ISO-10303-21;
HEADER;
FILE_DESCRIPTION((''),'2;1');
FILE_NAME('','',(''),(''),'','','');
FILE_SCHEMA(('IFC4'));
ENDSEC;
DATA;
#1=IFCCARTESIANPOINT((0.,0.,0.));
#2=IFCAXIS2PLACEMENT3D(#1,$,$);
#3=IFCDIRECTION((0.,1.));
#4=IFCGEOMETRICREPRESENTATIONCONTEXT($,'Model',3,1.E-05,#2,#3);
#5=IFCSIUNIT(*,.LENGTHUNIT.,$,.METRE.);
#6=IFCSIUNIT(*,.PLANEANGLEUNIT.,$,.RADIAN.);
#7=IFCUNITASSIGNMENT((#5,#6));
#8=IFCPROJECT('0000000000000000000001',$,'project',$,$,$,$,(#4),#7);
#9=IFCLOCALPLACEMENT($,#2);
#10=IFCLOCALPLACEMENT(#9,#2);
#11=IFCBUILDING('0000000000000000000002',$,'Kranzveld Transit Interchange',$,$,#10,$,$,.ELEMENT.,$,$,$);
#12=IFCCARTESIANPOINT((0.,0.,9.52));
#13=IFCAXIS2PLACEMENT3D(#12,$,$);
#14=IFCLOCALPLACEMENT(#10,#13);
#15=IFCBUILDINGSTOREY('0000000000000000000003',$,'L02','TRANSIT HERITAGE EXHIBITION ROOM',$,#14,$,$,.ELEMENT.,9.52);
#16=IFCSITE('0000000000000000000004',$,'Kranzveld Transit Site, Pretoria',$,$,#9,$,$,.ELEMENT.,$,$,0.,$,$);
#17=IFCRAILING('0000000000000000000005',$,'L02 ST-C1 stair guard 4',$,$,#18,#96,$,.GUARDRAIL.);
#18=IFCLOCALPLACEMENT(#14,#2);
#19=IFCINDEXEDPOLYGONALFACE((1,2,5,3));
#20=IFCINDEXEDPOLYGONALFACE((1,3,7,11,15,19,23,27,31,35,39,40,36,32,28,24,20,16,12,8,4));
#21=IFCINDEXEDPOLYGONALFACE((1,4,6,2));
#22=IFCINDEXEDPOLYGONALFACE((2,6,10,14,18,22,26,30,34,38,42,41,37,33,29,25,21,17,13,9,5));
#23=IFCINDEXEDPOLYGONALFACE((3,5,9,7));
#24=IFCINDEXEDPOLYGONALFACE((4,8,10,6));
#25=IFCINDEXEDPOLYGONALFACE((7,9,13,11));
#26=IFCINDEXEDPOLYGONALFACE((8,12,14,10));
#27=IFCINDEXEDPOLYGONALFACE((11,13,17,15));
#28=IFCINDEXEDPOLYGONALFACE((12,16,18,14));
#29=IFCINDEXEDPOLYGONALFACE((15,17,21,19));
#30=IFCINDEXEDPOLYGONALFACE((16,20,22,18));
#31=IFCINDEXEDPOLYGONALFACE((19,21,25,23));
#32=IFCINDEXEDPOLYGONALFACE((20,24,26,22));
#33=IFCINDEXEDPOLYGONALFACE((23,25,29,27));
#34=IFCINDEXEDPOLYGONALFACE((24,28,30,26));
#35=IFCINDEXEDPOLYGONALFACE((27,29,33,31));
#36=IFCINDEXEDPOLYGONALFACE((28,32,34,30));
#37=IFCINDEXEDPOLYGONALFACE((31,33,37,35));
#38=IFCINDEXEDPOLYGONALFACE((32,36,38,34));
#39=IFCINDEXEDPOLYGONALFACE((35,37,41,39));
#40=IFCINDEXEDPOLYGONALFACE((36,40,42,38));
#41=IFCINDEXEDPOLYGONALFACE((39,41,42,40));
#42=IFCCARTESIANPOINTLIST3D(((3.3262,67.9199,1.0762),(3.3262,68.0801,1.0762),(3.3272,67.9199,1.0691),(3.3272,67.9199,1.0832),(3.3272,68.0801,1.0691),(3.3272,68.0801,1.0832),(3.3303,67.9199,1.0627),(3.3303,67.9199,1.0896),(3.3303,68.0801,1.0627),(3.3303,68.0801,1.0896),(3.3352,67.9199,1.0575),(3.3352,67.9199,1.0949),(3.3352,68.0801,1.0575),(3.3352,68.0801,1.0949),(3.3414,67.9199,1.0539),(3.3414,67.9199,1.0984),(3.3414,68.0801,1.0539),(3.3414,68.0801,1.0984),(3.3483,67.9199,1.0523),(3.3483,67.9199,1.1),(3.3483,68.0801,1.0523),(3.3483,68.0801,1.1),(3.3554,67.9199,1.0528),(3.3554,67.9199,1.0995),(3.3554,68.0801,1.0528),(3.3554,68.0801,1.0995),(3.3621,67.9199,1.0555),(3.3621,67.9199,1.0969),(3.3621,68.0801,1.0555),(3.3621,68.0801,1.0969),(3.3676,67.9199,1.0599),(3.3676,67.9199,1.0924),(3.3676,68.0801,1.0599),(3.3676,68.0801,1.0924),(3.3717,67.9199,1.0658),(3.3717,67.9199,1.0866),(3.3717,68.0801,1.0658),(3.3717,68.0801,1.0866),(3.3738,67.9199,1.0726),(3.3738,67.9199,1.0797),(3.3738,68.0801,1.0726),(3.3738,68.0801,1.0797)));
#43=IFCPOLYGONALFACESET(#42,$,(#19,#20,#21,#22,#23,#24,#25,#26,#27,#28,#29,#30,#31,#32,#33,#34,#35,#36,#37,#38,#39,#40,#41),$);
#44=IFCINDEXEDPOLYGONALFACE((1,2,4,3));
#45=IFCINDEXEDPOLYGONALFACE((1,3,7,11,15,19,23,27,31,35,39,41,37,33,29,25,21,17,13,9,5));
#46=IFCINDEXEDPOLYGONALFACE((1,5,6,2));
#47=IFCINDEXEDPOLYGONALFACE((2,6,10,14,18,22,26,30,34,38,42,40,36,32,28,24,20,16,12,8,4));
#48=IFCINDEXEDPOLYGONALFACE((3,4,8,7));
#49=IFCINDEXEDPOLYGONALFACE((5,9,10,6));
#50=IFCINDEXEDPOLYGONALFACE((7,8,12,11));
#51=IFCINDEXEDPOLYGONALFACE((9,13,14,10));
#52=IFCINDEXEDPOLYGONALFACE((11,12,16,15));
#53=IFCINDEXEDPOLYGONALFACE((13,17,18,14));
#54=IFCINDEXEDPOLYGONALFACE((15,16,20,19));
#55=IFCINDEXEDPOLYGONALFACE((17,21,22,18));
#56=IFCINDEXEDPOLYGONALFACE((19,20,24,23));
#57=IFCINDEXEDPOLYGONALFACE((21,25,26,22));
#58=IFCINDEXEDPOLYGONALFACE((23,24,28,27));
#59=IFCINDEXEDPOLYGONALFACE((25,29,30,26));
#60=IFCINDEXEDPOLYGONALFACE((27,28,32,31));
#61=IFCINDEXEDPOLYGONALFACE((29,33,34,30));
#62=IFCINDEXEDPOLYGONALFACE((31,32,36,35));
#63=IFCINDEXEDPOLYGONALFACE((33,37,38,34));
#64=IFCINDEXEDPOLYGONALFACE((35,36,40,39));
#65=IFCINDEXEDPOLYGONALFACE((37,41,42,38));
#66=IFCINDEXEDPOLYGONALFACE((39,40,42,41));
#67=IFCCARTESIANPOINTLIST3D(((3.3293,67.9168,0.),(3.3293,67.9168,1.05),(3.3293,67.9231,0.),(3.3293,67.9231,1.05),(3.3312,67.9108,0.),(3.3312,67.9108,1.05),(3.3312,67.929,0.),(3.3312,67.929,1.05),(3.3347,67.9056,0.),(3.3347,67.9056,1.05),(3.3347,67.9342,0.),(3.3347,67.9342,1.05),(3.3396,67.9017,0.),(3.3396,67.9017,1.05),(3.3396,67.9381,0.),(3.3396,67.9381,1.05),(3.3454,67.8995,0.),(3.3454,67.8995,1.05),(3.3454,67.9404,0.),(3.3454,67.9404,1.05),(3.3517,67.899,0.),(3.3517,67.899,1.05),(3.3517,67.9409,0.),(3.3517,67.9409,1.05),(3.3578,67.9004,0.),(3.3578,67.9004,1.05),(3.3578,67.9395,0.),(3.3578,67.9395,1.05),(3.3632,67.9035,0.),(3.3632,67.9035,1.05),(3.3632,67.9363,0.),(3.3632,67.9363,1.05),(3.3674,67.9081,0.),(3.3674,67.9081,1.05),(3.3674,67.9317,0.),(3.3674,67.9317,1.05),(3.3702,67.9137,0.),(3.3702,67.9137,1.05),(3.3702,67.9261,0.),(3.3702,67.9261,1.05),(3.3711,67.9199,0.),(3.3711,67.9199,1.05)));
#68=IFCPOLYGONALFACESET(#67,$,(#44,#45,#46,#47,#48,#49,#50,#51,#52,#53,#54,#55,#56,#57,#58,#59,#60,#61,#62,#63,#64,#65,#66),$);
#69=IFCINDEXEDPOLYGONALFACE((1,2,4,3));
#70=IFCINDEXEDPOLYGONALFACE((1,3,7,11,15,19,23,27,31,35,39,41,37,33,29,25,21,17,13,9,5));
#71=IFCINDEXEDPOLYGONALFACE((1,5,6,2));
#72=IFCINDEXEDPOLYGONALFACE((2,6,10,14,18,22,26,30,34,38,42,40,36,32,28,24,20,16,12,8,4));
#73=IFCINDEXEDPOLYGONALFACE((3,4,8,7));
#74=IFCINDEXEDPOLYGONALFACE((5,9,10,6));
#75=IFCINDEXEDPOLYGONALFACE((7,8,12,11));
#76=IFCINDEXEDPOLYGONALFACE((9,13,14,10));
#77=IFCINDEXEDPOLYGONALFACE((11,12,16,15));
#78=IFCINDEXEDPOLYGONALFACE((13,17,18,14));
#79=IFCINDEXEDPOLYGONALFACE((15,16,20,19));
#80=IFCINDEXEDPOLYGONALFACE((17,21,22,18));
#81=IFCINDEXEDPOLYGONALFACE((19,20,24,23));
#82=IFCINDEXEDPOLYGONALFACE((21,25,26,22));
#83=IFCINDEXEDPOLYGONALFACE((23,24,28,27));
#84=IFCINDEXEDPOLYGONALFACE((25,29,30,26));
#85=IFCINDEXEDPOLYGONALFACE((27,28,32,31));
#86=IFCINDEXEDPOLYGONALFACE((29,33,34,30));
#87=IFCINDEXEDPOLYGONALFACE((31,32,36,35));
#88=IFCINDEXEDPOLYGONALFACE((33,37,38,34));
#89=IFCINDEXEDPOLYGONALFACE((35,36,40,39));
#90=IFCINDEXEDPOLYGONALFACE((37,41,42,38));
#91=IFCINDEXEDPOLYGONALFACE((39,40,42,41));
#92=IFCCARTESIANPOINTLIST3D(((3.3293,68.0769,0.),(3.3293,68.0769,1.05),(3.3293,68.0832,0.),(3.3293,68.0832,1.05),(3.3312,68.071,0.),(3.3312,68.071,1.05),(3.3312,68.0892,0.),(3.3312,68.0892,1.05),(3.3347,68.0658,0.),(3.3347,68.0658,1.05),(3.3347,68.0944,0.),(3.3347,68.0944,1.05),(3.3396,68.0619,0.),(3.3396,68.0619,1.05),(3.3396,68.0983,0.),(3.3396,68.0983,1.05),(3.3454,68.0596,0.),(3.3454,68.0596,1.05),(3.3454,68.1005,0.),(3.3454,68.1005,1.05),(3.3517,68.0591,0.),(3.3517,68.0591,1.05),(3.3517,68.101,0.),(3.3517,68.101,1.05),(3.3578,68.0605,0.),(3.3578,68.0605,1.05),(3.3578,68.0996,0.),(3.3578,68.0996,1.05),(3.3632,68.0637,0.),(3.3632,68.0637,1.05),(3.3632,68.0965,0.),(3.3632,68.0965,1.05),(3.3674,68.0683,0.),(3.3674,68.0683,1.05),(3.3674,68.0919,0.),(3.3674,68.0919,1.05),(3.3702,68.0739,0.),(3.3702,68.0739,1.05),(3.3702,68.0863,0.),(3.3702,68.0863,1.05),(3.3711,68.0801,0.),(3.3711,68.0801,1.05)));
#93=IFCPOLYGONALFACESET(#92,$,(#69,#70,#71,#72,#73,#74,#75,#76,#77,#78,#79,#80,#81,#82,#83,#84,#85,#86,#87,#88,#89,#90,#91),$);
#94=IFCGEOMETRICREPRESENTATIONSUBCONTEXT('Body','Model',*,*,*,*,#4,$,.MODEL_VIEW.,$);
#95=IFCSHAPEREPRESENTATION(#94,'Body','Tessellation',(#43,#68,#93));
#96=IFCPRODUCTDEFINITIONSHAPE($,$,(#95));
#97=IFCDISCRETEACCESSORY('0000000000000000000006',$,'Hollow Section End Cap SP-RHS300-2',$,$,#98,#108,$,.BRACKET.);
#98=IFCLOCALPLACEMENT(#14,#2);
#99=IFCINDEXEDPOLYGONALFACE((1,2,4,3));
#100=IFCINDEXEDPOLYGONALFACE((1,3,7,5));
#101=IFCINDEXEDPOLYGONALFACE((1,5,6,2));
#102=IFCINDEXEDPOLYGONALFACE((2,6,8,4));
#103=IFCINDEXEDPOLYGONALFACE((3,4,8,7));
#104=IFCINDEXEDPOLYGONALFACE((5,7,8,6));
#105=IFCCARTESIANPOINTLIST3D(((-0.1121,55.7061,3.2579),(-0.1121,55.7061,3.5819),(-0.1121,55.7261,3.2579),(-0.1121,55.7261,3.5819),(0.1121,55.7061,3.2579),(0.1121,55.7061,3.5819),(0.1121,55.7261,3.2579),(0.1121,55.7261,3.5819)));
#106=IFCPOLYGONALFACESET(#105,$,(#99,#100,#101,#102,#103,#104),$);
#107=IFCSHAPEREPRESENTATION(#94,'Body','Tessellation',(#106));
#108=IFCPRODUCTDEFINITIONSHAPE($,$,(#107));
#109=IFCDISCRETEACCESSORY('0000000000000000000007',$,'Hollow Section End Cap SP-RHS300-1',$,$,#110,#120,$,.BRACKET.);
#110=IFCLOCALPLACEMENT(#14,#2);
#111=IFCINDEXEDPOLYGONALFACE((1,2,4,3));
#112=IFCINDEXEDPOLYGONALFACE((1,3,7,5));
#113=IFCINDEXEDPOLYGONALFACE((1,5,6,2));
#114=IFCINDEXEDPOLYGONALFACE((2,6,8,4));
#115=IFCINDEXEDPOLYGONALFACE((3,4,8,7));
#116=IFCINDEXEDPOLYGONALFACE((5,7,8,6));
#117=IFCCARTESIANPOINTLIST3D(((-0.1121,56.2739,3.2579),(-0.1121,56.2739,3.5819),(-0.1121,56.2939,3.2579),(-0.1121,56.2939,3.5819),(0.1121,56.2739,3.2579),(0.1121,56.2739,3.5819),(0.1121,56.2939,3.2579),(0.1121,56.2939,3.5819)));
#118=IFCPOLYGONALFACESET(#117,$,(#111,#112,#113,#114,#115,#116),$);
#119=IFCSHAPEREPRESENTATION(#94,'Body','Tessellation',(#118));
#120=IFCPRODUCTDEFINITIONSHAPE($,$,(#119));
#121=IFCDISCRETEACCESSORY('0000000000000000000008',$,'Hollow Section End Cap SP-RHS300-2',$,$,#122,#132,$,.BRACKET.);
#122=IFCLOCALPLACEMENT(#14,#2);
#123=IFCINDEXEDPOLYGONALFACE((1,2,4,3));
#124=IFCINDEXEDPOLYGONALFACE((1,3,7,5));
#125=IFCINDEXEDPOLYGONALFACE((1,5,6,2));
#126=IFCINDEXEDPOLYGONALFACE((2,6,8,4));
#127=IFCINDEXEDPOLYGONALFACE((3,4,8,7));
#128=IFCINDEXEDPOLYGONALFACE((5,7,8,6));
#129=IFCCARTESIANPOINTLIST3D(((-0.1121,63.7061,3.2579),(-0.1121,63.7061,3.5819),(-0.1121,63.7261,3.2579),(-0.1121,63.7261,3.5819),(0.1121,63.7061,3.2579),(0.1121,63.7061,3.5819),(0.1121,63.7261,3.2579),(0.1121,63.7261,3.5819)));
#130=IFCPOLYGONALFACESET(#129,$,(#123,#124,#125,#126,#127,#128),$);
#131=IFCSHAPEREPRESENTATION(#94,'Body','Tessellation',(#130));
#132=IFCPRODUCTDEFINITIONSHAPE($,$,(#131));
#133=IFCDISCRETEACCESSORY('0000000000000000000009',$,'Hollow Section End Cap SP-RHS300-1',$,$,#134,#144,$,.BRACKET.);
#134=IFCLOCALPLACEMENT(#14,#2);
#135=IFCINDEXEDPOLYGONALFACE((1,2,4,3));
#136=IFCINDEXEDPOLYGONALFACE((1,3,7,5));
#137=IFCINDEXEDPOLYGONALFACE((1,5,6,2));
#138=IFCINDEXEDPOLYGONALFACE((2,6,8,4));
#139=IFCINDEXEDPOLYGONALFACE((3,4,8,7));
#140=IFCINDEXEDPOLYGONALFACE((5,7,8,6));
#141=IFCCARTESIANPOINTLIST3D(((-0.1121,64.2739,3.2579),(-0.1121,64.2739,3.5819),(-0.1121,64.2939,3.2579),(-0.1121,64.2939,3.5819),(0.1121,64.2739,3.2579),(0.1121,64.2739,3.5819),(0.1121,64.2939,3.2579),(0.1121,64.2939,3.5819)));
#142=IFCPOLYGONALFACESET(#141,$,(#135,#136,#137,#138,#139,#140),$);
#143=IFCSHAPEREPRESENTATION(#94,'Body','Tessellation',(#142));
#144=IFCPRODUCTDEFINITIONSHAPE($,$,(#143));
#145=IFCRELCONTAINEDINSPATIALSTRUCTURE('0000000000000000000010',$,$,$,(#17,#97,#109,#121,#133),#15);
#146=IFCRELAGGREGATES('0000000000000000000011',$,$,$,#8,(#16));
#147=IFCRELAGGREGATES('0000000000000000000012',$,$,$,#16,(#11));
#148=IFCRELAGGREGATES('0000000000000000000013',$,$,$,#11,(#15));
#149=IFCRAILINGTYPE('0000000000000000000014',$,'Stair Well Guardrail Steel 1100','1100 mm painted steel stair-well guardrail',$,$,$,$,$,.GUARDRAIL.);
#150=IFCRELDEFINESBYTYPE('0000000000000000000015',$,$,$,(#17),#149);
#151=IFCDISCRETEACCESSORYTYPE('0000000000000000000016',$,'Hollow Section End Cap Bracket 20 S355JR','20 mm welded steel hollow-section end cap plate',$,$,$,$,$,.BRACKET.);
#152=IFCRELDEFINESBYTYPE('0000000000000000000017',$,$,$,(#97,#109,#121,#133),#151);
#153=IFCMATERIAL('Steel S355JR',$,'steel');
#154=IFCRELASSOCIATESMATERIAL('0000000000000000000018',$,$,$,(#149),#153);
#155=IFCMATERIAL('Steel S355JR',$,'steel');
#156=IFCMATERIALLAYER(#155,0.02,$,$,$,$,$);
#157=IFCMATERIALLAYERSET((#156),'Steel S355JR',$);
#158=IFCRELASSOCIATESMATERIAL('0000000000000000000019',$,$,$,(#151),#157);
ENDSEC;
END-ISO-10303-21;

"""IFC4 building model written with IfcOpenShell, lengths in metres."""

from ifc_helpers import new_model, si_unit, direction, frame, origin, origin_2d, place, context, subcontext, project, spatial, rectangle, circle, extrude, material, layer, layer_set, type_object, element, save


model = new_model("IFC4")

# Units and contexts
model_context = context("Model", 3, precision=1e-05, world=origin(), true_north=direction((0.0, 1.0)))
body_context = subcontext(model_context, "Body", "Model", "MODEL_VIEW")
ifc_project = project(units=[si_unit("LENGTHUNIT", "METRE"), si_unit("PLANEANGLEUNIT", "RADIAN")], contexts=[model_context])

# Site, building, storey
site_placement = place(None, origin())
site = spatial("IfcSite", under=ifc_project, at=site_placement, Name="Kranzveld Transit Site, Pretoria", CompositionType="ELEMENT", RefElevation=0.0)
building_placement = place(site_placement, origin())
building = spatial("IfcBuilding", under=site, at=building_placement, Name="Kranzveld Transit Interchange", CompositionType="ELEMENT")
storey_placement = place(building_placement, frame((0.0, 0.0, 9.52)))
storey = spatial("IfcBuildingStorey", under=building, at=storey_placement, Name="L02", Description="TRANSIT HERITAGE EXHIBITION ROOM", CompositionType="ELEMENT", Elevation=9.52)

# Railing
ifc_material_1 = material(Name="Steel S355JR", Category="steel")
railing_type_1 = type_object("IfcRailingType", Name="Stair Well Guardrail Steel 1100", Description="1100 mm painted steel stair-well guardrail", PredefinedType="GUARDRAIL", material=ifc_material_1)
railing_1_placement = place(storey_placement, frame((3.3501, 67.9199, 0.0)))
element("IfcRailing", 1, at=railing_1_placement, inside=storey, type_object=railing_type_1, Name="L02 ST-C1 stair guard 4", PredefinedType="GUARDRAIL", context=body_context, shape_type="SweptSolid", body=[
    extrude(circle(Radius=0.0239, at=origin_2d()), frame((0.0, 0.0, 1.0762), z_axis=(0.0, 1.0, 0.0), x_axis=(-1.0, 0.0, 0.0)), (0.0, 0.0, 1.0), 0.1602),
    extrude(circle(Radius=0.021, at=origin_2d()), origin(), (0.0, 0.0, 1.0), 1.05),
    extrude(circle(Radius=0.021, at=origin_2d()), frame((0.0, 0.1602, 0.0)), (0.0, 0.0, 1.0), 1.05),
])

# Discrete accessories
ifc_material_2 = material(Name="Steel S355JR", Category="steel")
ifc_layer_1 = layer(ifc_material_2, 0.02)
ifc_layer_set_1 = layer_set([ifc_layer_1], Name="Steel S355JR")
discrete_accessory_type = type_object("IfcDiscreteAccessoryType", Name="Hollow Section End Cap Bracket 20 S355JR", Description="20 mm welded steel hollow-section end cap plate", PredefinedType="BRACKET", material=ifc_layer_set_1)
for number, where, z_axis, x_axis, name in (
    (2, (0.0, 55.7061, 3.4199), (0.0, 1.0, 0.0), (-1.0, 0.0, 0.0), "Hollow Section End Cap SP-RHS300-2"),
    (3, (0.0, 56.2939, 3.4199), (0.0, -1.0, 0.0), (1.0, 0.0, 0.0), "Hollow Section End Cap SP-RHS300-1"),
    (4, (0.0, 63.7061, 3.4199), (0.0, 1.0, 0.0), (-1.0, 0.0, 0.0), "Hollow Section End Cap SP-RHS300-2"),
    (5, (0.0, 64.2939, 3.4199), (0.0, -1.0, 0.0), (1.0, 0.0, 0.0), "Hollow Section End Cap SP-RHS300-1"),
):
    element("IfcDiscreteAccessory", number, at=place(storey_placement, frame(where, z_axis=z_axis, x_axis=x_axis)), inside=storey, type_object=discrete_accessory_type, Name=name, PredefinedType="BRACKET", context=body_context, shape_type="SweptSolid", body=[
        extrude(rectangle(XDim=0.2241, YDim=0.324, at=origin_2d()), origin(), (0.0, 0.0, 1.0), 0.02),
    ])

save(model, "model.ifc")
